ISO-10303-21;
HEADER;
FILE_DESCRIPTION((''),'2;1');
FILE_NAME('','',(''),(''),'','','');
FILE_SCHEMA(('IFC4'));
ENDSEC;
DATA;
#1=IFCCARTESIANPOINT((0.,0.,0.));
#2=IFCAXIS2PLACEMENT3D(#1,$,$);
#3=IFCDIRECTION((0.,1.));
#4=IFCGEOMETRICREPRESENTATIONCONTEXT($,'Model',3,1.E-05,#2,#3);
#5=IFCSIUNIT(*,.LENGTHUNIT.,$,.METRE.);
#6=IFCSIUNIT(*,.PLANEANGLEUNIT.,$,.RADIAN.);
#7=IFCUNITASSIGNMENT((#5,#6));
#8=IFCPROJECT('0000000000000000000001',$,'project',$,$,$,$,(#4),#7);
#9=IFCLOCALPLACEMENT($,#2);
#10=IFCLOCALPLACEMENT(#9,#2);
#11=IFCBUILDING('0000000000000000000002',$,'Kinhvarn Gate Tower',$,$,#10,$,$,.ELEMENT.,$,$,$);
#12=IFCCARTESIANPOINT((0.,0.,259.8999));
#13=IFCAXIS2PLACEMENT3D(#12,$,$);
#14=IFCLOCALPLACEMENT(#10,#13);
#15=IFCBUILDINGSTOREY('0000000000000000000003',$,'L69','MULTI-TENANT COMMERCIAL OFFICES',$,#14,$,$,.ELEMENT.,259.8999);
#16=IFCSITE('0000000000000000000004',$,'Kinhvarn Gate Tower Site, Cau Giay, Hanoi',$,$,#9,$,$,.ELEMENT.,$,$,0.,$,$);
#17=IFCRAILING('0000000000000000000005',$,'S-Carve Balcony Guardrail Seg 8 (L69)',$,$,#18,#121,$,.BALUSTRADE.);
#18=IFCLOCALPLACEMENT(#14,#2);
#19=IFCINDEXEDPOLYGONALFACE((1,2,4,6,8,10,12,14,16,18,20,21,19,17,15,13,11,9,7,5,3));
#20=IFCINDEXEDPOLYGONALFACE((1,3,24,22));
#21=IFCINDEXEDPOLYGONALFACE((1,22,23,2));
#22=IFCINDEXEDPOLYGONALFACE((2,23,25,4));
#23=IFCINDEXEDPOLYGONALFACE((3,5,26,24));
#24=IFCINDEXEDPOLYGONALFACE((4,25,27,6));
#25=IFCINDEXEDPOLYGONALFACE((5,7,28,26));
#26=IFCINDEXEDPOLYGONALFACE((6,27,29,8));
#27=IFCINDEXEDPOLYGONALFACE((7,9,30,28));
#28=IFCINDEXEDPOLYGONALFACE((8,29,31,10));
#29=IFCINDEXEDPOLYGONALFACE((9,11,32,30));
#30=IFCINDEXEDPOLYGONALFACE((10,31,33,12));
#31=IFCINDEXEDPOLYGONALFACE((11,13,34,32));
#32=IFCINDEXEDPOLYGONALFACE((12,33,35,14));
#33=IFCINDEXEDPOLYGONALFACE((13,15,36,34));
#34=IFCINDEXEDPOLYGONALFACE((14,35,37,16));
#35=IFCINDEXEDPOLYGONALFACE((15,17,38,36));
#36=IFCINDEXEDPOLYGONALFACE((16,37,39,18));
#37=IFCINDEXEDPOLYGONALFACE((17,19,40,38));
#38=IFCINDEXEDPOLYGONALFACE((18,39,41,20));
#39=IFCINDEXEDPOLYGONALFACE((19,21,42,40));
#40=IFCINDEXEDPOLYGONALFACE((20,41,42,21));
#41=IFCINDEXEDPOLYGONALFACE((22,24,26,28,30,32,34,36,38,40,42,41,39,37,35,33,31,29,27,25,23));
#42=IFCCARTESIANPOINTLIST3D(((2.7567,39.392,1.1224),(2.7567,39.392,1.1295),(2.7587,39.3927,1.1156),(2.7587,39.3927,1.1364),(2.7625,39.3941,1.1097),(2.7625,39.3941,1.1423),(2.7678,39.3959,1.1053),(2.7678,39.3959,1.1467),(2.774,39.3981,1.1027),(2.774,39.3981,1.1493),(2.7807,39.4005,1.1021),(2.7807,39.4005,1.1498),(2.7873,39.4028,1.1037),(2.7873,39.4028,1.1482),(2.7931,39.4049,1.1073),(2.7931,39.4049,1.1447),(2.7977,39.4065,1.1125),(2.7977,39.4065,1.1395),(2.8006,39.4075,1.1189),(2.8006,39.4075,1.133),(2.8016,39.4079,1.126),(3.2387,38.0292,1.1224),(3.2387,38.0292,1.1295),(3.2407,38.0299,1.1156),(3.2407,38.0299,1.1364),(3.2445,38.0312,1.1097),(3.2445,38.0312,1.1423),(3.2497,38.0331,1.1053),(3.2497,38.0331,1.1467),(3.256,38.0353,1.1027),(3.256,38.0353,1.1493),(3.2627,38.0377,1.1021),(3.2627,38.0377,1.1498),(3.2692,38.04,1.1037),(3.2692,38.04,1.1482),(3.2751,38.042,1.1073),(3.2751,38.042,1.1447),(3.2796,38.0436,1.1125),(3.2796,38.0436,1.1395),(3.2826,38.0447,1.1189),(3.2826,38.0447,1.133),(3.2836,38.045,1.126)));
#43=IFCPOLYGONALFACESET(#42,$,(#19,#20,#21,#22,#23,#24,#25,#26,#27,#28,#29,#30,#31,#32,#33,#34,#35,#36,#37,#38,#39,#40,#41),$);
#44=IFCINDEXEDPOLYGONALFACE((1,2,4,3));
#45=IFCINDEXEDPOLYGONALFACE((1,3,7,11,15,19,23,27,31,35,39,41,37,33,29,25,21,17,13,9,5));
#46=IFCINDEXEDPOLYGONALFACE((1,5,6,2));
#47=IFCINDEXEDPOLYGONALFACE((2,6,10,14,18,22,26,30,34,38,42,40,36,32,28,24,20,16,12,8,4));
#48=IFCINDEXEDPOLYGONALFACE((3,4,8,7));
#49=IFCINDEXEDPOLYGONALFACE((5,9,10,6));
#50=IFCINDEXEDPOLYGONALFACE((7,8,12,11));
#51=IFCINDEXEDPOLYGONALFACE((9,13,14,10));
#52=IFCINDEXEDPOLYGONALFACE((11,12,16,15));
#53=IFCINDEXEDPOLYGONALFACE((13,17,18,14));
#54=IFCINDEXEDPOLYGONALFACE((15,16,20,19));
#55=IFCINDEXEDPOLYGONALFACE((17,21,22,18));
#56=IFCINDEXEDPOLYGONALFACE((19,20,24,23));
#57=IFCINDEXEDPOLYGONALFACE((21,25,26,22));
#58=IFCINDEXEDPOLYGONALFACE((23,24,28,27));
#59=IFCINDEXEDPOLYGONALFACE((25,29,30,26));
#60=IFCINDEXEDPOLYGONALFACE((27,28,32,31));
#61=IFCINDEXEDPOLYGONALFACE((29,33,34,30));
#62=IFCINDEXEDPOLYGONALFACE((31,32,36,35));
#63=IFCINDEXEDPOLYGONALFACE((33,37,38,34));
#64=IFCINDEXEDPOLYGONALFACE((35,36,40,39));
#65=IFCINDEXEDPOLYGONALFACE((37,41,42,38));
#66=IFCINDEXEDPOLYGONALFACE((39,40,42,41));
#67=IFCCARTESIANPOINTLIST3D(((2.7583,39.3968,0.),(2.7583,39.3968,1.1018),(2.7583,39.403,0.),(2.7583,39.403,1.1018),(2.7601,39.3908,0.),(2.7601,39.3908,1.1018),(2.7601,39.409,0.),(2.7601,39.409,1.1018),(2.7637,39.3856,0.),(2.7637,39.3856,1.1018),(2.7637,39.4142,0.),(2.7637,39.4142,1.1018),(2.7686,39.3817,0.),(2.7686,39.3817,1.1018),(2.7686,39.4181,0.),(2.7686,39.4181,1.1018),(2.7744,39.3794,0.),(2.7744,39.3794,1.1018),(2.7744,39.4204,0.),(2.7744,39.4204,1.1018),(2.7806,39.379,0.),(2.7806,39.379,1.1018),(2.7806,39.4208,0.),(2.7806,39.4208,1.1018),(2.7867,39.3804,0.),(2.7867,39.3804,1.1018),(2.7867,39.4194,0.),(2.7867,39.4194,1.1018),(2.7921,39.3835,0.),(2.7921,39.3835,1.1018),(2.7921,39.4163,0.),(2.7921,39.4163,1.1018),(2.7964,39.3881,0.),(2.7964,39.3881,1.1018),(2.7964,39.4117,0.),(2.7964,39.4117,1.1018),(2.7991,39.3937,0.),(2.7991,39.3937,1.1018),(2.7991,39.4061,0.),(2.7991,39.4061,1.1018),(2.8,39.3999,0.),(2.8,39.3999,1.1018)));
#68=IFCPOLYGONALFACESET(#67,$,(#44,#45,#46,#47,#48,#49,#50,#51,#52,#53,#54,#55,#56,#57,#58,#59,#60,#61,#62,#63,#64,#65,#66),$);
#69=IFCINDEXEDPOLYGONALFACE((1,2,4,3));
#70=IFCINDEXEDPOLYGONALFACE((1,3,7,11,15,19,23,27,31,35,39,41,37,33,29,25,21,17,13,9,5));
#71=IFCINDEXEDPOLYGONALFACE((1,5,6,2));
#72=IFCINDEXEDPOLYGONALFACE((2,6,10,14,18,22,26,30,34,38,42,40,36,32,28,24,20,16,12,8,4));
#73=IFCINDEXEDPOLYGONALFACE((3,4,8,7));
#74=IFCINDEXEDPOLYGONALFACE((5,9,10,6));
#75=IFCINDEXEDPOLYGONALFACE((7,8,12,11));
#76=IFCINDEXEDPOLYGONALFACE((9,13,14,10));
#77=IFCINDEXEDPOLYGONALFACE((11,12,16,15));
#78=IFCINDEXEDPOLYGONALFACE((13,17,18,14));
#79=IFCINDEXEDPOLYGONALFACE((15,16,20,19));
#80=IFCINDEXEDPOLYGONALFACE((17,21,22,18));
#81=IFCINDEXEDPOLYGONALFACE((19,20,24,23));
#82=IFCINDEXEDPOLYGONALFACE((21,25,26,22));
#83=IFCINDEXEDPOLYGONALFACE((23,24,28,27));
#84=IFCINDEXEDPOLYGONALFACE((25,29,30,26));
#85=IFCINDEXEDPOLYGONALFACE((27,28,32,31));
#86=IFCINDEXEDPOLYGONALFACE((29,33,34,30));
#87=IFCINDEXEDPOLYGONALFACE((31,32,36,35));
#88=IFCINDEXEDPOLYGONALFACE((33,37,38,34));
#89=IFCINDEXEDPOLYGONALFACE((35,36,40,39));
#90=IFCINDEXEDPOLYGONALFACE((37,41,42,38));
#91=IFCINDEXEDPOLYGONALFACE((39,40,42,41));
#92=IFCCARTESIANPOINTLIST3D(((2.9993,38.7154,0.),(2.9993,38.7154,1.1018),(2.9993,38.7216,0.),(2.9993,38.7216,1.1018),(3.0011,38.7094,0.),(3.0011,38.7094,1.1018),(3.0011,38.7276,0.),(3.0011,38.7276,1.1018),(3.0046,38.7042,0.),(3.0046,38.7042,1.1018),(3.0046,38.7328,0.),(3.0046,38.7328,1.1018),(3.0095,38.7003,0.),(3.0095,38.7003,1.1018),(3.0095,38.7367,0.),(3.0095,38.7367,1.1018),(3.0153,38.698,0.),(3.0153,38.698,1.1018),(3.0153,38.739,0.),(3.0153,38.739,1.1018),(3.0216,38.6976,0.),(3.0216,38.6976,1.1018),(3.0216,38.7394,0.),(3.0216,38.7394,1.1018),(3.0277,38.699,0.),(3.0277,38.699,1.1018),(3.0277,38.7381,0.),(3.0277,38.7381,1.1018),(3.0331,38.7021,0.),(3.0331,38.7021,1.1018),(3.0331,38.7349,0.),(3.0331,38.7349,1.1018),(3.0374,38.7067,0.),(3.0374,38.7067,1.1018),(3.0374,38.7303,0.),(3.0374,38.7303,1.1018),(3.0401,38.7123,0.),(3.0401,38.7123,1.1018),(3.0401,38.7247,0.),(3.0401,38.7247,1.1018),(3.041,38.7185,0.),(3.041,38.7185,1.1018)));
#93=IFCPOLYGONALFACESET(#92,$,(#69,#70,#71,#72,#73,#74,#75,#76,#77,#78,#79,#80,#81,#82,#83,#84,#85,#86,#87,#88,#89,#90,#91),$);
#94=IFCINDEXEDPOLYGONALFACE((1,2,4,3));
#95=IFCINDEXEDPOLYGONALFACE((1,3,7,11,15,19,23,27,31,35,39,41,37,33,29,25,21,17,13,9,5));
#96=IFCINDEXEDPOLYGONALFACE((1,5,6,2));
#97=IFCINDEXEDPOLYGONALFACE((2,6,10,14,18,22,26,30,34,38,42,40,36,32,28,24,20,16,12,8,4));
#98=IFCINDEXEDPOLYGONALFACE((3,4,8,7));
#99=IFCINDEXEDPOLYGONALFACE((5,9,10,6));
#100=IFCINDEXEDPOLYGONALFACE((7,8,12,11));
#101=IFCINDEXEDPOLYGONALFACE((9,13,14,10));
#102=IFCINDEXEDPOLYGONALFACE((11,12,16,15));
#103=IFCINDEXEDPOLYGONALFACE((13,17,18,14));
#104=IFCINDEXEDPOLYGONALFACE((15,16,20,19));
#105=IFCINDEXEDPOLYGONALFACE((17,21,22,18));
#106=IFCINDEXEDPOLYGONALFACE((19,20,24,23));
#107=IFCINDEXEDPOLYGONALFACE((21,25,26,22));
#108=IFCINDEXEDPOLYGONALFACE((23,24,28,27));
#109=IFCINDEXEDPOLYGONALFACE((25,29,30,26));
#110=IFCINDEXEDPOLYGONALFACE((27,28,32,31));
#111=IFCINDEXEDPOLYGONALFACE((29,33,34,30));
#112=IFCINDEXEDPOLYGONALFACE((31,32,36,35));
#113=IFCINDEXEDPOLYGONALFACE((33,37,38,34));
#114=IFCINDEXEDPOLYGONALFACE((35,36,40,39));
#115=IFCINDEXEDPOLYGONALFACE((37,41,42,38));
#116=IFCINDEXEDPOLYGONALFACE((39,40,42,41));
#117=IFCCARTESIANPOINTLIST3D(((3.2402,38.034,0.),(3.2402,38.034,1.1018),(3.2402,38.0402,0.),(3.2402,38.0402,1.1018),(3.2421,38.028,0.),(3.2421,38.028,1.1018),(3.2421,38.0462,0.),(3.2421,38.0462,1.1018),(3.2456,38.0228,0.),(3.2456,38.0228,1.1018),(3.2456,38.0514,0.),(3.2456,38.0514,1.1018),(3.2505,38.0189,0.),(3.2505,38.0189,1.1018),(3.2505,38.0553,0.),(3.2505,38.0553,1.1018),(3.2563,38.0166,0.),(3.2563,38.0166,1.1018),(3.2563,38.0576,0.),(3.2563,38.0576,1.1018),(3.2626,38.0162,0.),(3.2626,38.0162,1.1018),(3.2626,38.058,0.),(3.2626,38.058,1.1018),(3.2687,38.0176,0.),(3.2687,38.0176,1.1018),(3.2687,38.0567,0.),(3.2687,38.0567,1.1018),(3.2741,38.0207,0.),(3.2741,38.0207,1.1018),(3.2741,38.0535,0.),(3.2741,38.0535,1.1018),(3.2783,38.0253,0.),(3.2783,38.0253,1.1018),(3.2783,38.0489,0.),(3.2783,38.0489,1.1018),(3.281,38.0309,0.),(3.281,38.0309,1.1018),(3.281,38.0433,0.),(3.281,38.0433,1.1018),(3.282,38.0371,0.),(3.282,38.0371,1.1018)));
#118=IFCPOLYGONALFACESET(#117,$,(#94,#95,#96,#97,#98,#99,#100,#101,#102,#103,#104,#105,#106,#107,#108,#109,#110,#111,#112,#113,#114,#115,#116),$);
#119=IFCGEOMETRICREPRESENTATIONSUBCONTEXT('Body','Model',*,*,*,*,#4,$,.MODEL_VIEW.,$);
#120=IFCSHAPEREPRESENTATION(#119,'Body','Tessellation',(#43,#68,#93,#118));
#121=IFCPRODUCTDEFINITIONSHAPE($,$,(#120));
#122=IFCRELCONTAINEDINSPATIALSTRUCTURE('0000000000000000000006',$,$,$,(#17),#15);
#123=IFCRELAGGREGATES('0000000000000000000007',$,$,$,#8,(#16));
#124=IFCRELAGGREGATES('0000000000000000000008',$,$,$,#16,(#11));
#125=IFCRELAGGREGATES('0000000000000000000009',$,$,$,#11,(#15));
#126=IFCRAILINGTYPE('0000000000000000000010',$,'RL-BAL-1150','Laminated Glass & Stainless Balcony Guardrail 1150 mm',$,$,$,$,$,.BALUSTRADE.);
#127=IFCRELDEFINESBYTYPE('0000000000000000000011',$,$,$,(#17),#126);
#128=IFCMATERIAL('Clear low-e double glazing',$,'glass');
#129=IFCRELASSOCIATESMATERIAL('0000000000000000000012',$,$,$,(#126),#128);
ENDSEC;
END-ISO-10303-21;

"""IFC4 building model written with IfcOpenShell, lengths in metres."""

from ifc_helpers import new_model, si_unit, direction, frame, origin, origin_2d, place, context, subcontext, project, spatial, circle, extrude, material, type_object, element, save


model = new_model("IFC4")

# Units and contexts
model_context = context("Model", 3, precision=1e-05, world=origin(), true_north=direction((0.0, 1.0)))
body_context = subcontext(model_context, "Body", "Model", "MODEL_VIEW")
ifc_project = project(units=[si_unit("LENGTHUNIT", "METRE"), si_unit("PLANEANGLEUNIT", "RADIAN")], contexts=[model_context])

# Site, building, storey
site_placement = place(None, origin())
site = spatial("IfcSite", under=ifc_project, at=site_placement, Name="Kinhvarn Gate Tower Site, Cau Giay, Hanoi", CompositionType="ELEMENT", RefElevation=0.0)
building_placement = place(site_placement, origin())
building = spatial("IfcBuilding", under=site, at=building_placement, Name="Kinhvarn Gate Tower", CompositionType="ELEMENT")
storey_placement = place(building_placement, frame((0.0, 0.0, 259.8999)))
storey = spatial("IfcBuildingStorey", under=building, at=storey_placement, Name="L69", Description="MULTI-TENANT COMMERCIAL OFFICES", CompositionType="ELEMENT", Elevation=259.8999)

# Shared definitions
ifc_material_1 = material(Name="Clear low-e double glazing", Category="glass")

# Railing
railing_type = type_object("IfcRailingType", Name="RL-BAL-1150", Description="Laminated Glass & Stainless Balcony Guardrail 1150 mm", PredefinedType="BALUSTRADE", material=ifc_material_1)
railing_1_placement = place(storey_placement, frame((2.7791, 39.3999, 0.0)))
element("IfcRailing", 1, at=railing_1_placement, inside=storey, type_object=railing_type, Name="S-Carve Balcony Guardrail Seg 8 (L69)", PredefinedType="BALUSTRADE", context=body_context, shape_type="SweptSolid", body=[
    extrude(circle(Radius=0.0239, at=origin_2d()), frame((0.0, 0.0, 1.126), z_axis=(0.333403, -0.942784, 0.0), x_axis=(0.942784, 0.333403, 0.0)), (0.0, 0.0, 1.0), 1.4456),
    extrude(circle(Radius=0.021, at=origin_2d()), origin(), (0.0, 0.0, 1.0), 1.1018),
    extrude(circle(Radius=0.021, at=origin_2d()), frame((0.241, -0.6814, 0.0)), (0.0, 0.0, 1.0), 1.1018),
    extrude(circle(Radius=0.021, at=origin_2d()), frame((0.4819, -1.3628, 0.0)), (0.0, 0.0, 1.0), 1.1018),
])

save(model, "model.ifc")
